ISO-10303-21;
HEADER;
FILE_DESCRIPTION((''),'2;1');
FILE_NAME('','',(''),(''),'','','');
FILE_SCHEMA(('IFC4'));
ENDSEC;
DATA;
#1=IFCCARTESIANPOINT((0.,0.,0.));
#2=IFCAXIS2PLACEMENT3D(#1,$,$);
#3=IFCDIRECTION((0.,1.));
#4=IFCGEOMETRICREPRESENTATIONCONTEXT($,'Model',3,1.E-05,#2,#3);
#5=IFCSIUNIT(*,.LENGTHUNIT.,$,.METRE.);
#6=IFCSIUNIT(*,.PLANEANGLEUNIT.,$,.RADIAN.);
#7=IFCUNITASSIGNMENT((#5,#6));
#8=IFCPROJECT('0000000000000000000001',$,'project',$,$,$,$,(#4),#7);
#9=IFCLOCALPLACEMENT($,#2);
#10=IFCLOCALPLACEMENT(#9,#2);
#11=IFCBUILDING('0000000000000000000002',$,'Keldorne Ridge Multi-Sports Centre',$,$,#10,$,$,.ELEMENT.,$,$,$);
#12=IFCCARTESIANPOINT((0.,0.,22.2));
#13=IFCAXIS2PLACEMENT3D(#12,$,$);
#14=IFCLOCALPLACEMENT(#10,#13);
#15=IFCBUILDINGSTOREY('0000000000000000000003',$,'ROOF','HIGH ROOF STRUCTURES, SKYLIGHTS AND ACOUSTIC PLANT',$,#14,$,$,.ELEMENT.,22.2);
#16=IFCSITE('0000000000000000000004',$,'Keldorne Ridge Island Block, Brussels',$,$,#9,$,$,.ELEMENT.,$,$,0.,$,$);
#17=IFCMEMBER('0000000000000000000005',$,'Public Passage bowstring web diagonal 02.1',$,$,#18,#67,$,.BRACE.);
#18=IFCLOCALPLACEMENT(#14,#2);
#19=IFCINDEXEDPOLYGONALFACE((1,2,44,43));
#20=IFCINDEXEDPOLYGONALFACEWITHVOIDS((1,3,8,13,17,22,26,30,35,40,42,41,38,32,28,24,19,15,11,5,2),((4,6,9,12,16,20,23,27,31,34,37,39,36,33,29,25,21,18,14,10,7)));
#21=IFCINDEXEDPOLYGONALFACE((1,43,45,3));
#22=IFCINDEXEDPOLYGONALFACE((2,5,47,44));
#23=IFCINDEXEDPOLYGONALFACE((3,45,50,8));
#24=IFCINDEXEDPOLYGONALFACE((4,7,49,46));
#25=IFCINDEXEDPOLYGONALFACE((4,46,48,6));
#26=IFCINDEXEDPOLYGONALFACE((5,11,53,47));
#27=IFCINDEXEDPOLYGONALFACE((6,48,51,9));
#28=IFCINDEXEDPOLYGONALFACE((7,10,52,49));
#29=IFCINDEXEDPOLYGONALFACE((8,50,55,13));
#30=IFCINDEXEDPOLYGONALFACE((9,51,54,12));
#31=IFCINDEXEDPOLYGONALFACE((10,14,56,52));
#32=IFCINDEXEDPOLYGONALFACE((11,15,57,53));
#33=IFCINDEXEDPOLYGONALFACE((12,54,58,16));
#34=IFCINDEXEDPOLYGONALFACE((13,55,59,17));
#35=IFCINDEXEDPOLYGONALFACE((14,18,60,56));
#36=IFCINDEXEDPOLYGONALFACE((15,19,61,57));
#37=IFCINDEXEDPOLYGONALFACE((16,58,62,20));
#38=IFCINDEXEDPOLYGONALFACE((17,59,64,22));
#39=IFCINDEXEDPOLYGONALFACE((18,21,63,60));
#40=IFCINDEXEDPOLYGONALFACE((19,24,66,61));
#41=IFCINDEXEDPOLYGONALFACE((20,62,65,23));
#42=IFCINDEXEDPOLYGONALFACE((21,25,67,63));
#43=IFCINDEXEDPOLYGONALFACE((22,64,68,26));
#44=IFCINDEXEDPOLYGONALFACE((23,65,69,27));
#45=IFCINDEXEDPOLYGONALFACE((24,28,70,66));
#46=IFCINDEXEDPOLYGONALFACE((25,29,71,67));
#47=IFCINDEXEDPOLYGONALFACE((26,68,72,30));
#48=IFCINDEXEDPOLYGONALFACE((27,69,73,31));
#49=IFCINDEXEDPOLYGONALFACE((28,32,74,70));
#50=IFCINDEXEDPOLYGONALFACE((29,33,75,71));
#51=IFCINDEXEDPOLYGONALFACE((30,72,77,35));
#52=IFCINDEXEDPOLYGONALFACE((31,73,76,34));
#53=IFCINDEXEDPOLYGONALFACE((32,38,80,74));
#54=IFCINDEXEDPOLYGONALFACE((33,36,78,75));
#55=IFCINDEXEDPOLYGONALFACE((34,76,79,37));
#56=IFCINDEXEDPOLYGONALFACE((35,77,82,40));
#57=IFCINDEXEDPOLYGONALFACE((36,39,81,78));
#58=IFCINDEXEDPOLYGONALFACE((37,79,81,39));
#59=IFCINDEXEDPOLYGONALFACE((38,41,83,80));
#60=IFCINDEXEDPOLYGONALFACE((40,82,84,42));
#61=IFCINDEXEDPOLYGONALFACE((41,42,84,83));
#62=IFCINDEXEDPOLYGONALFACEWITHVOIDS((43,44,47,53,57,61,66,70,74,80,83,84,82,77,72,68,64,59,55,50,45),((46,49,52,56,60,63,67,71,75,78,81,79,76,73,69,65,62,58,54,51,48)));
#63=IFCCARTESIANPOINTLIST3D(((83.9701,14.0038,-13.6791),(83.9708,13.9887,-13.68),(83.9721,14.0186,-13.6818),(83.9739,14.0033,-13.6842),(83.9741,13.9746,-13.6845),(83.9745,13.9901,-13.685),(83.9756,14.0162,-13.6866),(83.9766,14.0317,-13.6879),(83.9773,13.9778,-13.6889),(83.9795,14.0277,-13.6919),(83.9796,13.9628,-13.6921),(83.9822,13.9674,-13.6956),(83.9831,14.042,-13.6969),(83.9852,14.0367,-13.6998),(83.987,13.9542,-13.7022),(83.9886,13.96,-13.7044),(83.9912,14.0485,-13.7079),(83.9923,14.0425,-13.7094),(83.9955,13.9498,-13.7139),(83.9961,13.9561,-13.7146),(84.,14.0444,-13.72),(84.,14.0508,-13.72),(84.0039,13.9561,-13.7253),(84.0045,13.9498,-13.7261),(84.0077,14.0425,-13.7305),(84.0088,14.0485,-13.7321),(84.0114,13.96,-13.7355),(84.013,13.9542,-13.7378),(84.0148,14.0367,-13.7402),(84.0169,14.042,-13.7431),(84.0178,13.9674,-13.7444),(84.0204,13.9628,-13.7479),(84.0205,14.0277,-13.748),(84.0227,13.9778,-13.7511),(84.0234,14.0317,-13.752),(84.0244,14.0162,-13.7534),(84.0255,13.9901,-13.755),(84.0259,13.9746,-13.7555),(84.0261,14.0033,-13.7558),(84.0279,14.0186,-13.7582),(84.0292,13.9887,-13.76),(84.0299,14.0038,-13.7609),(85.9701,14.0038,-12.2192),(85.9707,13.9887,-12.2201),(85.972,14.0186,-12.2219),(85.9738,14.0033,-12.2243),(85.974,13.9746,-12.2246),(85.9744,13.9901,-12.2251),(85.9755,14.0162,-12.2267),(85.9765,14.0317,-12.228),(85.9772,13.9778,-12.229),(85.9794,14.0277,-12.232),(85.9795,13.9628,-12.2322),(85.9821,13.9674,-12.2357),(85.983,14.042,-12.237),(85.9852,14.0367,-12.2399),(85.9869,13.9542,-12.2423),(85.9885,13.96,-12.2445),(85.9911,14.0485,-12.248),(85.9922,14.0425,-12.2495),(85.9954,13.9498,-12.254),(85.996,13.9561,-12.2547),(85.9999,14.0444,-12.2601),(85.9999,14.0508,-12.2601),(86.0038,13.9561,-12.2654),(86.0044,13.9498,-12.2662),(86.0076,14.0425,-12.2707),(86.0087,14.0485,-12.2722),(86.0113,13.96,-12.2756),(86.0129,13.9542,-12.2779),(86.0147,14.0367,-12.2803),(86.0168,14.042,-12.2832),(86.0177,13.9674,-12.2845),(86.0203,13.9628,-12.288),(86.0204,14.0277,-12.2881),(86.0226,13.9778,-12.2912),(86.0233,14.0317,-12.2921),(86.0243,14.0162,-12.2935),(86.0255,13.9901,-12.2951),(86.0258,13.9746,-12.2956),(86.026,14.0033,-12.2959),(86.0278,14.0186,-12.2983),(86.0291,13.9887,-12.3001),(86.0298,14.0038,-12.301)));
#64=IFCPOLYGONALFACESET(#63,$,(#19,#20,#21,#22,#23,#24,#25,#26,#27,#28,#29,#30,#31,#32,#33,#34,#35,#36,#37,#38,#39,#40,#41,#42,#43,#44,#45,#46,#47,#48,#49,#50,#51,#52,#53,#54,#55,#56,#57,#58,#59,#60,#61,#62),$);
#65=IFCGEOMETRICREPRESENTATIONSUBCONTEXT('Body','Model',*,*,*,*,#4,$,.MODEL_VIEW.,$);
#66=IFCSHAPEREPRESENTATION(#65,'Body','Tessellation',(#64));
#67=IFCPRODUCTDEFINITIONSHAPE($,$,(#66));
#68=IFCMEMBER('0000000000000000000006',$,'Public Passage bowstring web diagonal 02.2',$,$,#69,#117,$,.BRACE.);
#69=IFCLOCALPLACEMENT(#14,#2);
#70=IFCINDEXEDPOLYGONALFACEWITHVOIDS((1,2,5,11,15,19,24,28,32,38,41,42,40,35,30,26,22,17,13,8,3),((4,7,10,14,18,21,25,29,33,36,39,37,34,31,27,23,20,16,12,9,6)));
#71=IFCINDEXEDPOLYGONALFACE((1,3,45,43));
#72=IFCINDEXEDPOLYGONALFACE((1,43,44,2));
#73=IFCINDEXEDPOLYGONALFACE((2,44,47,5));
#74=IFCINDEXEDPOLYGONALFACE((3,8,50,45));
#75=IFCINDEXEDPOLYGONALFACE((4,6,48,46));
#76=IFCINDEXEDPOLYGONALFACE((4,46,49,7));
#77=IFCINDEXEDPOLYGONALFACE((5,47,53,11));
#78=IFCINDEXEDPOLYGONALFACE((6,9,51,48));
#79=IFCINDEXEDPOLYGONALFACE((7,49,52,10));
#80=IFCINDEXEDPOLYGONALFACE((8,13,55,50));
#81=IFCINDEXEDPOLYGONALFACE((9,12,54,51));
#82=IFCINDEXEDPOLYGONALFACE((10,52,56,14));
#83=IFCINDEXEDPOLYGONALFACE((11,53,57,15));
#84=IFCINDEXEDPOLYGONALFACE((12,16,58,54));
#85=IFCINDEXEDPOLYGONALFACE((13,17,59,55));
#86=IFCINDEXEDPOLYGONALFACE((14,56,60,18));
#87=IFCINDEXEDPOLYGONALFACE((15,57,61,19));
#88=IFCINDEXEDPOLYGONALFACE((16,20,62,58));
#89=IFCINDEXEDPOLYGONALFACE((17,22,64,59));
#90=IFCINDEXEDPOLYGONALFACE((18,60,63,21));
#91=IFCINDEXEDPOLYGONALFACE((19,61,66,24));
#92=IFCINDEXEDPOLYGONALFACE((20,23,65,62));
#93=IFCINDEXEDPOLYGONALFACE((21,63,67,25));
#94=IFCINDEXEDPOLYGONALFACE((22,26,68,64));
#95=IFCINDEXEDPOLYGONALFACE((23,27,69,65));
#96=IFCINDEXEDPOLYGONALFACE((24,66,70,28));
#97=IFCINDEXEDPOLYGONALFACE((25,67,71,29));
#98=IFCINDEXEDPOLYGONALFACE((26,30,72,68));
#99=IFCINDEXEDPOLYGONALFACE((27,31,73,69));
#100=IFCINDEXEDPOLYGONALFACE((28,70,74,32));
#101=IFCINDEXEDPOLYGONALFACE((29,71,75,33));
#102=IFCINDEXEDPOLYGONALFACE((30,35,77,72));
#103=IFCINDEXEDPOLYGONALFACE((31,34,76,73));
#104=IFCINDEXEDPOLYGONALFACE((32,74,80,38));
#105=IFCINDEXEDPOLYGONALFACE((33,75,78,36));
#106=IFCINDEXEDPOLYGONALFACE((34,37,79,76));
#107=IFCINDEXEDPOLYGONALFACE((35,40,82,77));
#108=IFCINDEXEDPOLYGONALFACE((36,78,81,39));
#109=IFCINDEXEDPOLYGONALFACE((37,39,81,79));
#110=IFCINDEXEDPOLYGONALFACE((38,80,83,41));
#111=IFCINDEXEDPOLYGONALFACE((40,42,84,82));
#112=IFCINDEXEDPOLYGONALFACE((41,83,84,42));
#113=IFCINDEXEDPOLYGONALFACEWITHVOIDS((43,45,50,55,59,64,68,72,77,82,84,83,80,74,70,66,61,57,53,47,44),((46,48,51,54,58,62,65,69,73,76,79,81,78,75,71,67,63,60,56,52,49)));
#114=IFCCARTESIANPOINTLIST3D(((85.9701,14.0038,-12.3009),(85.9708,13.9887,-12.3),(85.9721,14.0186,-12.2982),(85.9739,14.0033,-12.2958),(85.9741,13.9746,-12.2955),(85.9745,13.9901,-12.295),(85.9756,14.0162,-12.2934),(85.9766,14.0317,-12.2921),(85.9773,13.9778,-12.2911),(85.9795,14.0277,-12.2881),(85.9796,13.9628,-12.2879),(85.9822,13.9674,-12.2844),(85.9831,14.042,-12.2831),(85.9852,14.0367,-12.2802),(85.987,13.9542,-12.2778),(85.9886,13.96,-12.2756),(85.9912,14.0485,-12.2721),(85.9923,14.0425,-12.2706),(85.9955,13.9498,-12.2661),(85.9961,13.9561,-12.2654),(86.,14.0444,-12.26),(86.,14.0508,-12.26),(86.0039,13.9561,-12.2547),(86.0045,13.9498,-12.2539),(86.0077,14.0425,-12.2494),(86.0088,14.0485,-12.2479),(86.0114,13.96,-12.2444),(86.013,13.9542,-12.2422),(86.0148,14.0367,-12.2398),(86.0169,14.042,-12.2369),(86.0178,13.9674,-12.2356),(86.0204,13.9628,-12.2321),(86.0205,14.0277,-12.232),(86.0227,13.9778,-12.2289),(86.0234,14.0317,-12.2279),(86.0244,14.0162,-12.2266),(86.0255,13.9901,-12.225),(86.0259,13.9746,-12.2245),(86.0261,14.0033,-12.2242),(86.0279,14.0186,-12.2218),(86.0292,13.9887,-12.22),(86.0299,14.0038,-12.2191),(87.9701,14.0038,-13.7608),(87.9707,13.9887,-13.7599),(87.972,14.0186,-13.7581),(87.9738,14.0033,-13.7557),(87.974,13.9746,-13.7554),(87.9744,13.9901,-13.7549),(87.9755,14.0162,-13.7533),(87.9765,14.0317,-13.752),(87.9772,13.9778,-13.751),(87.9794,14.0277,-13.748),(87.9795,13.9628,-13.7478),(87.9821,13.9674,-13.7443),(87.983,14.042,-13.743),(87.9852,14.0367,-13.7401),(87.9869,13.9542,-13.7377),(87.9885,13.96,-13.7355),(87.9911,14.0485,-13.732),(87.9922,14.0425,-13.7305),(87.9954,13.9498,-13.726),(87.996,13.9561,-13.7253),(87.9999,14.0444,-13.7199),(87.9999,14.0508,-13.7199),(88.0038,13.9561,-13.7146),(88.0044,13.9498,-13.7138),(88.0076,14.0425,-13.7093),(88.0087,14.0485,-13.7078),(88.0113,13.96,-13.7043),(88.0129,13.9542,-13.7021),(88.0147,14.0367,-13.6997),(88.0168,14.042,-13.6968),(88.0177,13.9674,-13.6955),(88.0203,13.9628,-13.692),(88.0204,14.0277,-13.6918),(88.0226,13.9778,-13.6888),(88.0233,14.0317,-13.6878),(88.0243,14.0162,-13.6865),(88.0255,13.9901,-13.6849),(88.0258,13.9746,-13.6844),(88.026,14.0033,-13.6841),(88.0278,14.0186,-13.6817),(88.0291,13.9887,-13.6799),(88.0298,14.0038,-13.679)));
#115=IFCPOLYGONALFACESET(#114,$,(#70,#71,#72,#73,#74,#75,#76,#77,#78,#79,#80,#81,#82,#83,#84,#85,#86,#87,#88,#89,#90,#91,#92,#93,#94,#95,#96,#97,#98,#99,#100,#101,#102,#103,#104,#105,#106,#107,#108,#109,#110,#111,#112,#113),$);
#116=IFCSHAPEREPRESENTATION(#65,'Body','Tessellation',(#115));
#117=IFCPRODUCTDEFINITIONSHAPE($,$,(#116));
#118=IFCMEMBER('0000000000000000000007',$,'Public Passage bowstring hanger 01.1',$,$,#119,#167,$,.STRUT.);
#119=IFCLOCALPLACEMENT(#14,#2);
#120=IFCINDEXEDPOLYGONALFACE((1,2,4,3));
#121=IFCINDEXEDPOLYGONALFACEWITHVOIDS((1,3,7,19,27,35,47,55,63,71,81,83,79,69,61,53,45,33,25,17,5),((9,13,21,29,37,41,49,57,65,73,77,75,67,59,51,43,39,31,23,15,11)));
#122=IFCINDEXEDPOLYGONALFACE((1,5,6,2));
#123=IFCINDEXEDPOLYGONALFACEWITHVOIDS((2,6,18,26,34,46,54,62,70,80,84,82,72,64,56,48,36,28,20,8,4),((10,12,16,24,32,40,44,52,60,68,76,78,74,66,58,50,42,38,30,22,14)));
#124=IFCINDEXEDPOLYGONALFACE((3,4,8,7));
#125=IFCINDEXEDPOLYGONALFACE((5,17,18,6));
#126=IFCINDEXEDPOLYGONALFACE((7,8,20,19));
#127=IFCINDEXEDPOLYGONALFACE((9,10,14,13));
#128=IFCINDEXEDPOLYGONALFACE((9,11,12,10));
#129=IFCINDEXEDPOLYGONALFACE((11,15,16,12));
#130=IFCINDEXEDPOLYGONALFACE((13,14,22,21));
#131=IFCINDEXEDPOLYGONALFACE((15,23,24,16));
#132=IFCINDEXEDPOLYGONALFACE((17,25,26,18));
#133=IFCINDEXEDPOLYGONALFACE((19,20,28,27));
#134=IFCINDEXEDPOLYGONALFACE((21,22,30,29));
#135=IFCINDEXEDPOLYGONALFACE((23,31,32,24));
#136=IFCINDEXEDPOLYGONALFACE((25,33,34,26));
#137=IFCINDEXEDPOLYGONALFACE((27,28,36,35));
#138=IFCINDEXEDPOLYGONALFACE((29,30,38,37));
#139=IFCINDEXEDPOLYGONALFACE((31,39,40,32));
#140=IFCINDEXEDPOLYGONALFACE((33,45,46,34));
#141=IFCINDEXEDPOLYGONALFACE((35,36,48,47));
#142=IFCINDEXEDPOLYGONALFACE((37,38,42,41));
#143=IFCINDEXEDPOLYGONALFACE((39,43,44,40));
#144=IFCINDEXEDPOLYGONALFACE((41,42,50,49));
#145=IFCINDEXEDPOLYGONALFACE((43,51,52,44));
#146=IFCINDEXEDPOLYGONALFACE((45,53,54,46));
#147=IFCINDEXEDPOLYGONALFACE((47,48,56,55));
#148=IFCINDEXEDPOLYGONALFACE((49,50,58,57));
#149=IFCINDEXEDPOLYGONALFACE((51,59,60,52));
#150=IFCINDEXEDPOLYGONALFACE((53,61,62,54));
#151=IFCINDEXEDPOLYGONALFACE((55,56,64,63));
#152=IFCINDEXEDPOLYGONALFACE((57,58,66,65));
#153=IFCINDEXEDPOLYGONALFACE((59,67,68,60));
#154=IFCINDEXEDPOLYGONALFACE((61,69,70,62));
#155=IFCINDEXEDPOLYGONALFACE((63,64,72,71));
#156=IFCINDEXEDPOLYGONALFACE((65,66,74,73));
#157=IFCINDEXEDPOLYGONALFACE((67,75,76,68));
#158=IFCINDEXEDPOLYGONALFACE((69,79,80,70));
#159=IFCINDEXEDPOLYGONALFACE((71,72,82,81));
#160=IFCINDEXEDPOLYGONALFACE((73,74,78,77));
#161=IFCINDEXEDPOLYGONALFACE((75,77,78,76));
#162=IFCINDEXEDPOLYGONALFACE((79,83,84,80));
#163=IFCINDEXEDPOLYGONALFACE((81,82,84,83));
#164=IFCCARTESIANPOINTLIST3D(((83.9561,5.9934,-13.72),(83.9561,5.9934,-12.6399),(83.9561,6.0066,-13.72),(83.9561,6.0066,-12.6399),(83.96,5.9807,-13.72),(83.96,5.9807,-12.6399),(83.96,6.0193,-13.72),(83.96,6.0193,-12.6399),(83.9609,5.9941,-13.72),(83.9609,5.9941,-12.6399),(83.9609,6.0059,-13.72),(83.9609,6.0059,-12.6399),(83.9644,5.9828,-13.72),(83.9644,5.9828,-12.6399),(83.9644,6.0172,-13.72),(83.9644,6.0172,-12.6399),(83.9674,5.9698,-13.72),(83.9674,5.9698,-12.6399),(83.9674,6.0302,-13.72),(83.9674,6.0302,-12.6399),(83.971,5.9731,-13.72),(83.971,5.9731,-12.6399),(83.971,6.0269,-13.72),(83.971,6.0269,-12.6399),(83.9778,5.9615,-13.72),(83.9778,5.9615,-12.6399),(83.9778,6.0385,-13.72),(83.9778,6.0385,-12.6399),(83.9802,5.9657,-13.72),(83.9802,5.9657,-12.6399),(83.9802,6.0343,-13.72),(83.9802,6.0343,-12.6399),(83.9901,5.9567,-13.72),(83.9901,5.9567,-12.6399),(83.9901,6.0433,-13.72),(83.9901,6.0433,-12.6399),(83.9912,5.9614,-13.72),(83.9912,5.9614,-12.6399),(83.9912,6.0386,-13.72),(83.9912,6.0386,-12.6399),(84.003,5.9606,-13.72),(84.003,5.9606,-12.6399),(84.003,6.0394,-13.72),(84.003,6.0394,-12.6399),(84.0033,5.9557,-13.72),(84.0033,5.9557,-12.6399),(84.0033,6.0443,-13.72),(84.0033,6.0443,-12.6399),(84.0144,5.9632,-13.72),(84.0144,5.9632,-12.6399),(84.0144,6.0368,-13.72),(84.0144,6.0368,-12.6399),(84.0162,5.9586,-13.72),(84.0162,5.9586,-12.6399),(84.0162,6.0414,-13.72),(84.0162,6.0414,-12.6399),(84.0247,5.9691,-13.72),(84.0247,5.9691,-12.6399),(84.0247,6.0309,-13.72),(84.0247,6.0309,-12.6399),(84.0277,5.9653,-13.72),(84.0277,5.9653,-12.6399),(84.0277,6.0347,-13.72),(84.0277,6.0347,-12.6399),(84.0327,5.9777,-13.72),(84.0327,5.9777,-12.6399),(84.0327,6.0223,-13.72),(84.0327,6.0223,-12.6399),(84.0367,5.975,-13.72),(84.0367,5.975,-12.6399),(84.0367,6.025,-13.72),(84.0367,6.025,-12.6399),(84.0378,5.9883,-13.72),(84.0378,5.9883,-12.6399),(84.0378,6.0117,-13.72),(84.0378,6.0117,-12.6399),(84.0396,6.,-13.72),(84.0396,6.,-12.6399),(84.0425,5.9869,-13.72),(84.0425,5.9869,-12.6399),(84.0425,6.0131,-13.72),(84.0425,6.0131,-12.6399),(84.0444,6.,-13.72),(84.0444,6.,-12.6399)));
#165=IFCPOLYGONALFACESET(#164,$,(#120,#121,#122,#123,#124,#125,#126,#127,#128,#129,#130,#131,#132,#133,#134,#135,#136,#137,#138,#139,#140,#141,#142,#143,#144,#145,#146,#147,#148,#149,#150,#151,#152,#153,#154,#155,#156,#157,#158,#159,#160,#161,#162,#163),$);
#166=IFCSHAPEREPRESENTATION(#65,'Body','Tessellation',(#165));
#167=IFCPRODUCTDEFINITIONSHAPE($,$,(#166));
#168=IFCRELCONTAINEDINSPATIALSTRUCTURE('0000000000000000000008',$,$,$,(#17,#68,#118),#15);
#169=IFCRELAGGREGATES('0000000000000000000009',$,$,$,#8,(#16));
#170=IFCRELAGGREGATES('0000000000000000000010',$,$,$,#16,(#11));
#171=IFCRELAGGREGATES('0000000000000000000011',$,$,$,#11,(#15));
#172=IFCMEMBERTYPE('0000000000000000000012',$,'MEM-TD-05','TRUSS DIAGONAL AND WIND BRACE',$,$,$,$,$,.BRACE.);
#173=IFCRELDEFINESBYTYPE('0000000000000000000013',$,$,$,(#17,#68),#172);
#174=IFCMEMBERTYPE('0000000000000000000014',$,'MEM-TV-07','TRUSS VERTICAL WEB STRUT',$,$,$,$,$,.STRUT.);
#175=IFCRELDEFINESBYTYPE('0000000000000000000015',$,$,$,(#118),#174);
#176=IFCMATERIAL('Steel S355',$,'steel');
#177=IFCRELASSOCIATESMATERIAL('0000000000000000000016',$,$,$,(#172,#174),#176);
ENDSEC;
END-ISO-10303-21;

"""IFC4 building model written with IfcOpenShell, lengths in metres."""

from ifc_helpers import new_model, si_unit, direction, frame, origin, origin_2d, place, context, subcontext, project, spatial, hollow_circle, extrude, material, material_profile, profile_set, type_object, element, save


model = new_model("IFC4")

# Units and contexts
model_context = context("Model", 3, precision=1e-05, world=origin(), true_north=direction((0.0, 1.0)))
body_context = subcontext(model_context, "Body", "Model", "MODEL_VIEW")
ifc_project = project(units=[si_unit("LENGTHUNIT", "METRE"), si_unit("PLANEANGLEUNIT", "RADIAN")], contexts=[model_context])

# Site, building, storey
site_placement = place(None, origin())
site = spatial("IfcSite", under=ifc_project, at=site_placement, Name="Keldorne Ridge Island Block, Brussels", CompositionType="ELEMENT", RefElevation=0.0)
building_placement = place(site_placement, origin())
building = spatial("IfcBuilding", under=site, at=building_placement, Name="Keldorne Ridge Multi-Sports Centre", CompositionType="ELEMENT")
storey_placement = place(building_placement, frame((0.0, 0.0, 22.2)))
storey = spatial("IfcBuildingStorey", under=building, at=storey_placement, Name="ROOF", Description="HIGH ROOF STRUCTURES, SKYLIGHTS AND ACOUSTIC PLANT", CompositionType="ELEMENT", Elevation=22.2)

# Members
ifc_material = material(Name="Steel S355", Category="steel")
ifc_material_profile_1 = material_profile(ifc_material, hollow_circle(Radius=0.0508, WallThickness=0.0063, at=origin_2d()), Name="CHS 101.6x6.3")
ifc_profile_set_1 = profile_set([ifc_material_profile_1], Name="Steel S355")
member_type_1 = type_object("IfcMemberType", Name="MEM-TD-05", Description="TRUSS DIAGONAL AND WIND BRACE", PredefinedType="BRACE", material=ifc_profile_set_1)
for number, where, z_axis, x_axis, name in (
    (1, (84.0, 14.0, -13.72), (0.807695, 0.0, 0.589601), (0.0, 1.0, 0.0), "Public Passage bowstring web diagonal 02.1"),
    (2, (86.0, 14.0, -12.26), (0.807695, 0.0, -0.589601), (0.0, 1.0, 0.0), "Public Passage bowstring web diagonal 02.2"),
):
    element("IfcMember", number, at=place(storey_placement, frame(where, z_axis=z_axis, x_axis=x_axis)), inside=storey, type_object=member_type_1, Name=name, PredefinedType="BRACE", context=body_context, shape_type="SweptSolid", body=[
        extrude(hollow_circle(Radius=0.0508, WallThickness=0.0063, at=origin_2d()), origin(), (0.0, 0.0, 1.0), 2.4761),
    ])
ifc_material_profile_2 = material_profile(ifc_material, hollow_circle(Radius=0.0444, WallThickness=0.0049, at=origin_2d()), Name="CHS 88.9x5")
ifc_profile_set_2 = profile_set([ifc_material_profile_2], Name="Steel S355")
member_type_2 = type_object("IfcMemberType", Name="MEM-TV-07", Description="TRUSS VERTICAL WEB STRUT", PredefinedType="STRUT", material=ifc_profile_set_2)
member_1_placement = place(storey_placement, frame((84.0, 6.0, -13.72), z_axis=(0.0, 0.0, 1.0), x_axis=(1.0, 0.0, 0.0)))
element("IfcMember", 3, at=member_1_placement, inside=storey, type_object=member_type_2, Name="Public Passage bowstring hanger 01.1", PredefinedType="STRUT", context=body_context, shape_type="SweptSolid", body=[
    extrude(hollow_circle(Radius=0.0444, WallThickness=0.0049, at=origin_2d()), origin(), (0.0, 0.0, 1.0), 1.0801),
])

save(model, "model.ifc")
